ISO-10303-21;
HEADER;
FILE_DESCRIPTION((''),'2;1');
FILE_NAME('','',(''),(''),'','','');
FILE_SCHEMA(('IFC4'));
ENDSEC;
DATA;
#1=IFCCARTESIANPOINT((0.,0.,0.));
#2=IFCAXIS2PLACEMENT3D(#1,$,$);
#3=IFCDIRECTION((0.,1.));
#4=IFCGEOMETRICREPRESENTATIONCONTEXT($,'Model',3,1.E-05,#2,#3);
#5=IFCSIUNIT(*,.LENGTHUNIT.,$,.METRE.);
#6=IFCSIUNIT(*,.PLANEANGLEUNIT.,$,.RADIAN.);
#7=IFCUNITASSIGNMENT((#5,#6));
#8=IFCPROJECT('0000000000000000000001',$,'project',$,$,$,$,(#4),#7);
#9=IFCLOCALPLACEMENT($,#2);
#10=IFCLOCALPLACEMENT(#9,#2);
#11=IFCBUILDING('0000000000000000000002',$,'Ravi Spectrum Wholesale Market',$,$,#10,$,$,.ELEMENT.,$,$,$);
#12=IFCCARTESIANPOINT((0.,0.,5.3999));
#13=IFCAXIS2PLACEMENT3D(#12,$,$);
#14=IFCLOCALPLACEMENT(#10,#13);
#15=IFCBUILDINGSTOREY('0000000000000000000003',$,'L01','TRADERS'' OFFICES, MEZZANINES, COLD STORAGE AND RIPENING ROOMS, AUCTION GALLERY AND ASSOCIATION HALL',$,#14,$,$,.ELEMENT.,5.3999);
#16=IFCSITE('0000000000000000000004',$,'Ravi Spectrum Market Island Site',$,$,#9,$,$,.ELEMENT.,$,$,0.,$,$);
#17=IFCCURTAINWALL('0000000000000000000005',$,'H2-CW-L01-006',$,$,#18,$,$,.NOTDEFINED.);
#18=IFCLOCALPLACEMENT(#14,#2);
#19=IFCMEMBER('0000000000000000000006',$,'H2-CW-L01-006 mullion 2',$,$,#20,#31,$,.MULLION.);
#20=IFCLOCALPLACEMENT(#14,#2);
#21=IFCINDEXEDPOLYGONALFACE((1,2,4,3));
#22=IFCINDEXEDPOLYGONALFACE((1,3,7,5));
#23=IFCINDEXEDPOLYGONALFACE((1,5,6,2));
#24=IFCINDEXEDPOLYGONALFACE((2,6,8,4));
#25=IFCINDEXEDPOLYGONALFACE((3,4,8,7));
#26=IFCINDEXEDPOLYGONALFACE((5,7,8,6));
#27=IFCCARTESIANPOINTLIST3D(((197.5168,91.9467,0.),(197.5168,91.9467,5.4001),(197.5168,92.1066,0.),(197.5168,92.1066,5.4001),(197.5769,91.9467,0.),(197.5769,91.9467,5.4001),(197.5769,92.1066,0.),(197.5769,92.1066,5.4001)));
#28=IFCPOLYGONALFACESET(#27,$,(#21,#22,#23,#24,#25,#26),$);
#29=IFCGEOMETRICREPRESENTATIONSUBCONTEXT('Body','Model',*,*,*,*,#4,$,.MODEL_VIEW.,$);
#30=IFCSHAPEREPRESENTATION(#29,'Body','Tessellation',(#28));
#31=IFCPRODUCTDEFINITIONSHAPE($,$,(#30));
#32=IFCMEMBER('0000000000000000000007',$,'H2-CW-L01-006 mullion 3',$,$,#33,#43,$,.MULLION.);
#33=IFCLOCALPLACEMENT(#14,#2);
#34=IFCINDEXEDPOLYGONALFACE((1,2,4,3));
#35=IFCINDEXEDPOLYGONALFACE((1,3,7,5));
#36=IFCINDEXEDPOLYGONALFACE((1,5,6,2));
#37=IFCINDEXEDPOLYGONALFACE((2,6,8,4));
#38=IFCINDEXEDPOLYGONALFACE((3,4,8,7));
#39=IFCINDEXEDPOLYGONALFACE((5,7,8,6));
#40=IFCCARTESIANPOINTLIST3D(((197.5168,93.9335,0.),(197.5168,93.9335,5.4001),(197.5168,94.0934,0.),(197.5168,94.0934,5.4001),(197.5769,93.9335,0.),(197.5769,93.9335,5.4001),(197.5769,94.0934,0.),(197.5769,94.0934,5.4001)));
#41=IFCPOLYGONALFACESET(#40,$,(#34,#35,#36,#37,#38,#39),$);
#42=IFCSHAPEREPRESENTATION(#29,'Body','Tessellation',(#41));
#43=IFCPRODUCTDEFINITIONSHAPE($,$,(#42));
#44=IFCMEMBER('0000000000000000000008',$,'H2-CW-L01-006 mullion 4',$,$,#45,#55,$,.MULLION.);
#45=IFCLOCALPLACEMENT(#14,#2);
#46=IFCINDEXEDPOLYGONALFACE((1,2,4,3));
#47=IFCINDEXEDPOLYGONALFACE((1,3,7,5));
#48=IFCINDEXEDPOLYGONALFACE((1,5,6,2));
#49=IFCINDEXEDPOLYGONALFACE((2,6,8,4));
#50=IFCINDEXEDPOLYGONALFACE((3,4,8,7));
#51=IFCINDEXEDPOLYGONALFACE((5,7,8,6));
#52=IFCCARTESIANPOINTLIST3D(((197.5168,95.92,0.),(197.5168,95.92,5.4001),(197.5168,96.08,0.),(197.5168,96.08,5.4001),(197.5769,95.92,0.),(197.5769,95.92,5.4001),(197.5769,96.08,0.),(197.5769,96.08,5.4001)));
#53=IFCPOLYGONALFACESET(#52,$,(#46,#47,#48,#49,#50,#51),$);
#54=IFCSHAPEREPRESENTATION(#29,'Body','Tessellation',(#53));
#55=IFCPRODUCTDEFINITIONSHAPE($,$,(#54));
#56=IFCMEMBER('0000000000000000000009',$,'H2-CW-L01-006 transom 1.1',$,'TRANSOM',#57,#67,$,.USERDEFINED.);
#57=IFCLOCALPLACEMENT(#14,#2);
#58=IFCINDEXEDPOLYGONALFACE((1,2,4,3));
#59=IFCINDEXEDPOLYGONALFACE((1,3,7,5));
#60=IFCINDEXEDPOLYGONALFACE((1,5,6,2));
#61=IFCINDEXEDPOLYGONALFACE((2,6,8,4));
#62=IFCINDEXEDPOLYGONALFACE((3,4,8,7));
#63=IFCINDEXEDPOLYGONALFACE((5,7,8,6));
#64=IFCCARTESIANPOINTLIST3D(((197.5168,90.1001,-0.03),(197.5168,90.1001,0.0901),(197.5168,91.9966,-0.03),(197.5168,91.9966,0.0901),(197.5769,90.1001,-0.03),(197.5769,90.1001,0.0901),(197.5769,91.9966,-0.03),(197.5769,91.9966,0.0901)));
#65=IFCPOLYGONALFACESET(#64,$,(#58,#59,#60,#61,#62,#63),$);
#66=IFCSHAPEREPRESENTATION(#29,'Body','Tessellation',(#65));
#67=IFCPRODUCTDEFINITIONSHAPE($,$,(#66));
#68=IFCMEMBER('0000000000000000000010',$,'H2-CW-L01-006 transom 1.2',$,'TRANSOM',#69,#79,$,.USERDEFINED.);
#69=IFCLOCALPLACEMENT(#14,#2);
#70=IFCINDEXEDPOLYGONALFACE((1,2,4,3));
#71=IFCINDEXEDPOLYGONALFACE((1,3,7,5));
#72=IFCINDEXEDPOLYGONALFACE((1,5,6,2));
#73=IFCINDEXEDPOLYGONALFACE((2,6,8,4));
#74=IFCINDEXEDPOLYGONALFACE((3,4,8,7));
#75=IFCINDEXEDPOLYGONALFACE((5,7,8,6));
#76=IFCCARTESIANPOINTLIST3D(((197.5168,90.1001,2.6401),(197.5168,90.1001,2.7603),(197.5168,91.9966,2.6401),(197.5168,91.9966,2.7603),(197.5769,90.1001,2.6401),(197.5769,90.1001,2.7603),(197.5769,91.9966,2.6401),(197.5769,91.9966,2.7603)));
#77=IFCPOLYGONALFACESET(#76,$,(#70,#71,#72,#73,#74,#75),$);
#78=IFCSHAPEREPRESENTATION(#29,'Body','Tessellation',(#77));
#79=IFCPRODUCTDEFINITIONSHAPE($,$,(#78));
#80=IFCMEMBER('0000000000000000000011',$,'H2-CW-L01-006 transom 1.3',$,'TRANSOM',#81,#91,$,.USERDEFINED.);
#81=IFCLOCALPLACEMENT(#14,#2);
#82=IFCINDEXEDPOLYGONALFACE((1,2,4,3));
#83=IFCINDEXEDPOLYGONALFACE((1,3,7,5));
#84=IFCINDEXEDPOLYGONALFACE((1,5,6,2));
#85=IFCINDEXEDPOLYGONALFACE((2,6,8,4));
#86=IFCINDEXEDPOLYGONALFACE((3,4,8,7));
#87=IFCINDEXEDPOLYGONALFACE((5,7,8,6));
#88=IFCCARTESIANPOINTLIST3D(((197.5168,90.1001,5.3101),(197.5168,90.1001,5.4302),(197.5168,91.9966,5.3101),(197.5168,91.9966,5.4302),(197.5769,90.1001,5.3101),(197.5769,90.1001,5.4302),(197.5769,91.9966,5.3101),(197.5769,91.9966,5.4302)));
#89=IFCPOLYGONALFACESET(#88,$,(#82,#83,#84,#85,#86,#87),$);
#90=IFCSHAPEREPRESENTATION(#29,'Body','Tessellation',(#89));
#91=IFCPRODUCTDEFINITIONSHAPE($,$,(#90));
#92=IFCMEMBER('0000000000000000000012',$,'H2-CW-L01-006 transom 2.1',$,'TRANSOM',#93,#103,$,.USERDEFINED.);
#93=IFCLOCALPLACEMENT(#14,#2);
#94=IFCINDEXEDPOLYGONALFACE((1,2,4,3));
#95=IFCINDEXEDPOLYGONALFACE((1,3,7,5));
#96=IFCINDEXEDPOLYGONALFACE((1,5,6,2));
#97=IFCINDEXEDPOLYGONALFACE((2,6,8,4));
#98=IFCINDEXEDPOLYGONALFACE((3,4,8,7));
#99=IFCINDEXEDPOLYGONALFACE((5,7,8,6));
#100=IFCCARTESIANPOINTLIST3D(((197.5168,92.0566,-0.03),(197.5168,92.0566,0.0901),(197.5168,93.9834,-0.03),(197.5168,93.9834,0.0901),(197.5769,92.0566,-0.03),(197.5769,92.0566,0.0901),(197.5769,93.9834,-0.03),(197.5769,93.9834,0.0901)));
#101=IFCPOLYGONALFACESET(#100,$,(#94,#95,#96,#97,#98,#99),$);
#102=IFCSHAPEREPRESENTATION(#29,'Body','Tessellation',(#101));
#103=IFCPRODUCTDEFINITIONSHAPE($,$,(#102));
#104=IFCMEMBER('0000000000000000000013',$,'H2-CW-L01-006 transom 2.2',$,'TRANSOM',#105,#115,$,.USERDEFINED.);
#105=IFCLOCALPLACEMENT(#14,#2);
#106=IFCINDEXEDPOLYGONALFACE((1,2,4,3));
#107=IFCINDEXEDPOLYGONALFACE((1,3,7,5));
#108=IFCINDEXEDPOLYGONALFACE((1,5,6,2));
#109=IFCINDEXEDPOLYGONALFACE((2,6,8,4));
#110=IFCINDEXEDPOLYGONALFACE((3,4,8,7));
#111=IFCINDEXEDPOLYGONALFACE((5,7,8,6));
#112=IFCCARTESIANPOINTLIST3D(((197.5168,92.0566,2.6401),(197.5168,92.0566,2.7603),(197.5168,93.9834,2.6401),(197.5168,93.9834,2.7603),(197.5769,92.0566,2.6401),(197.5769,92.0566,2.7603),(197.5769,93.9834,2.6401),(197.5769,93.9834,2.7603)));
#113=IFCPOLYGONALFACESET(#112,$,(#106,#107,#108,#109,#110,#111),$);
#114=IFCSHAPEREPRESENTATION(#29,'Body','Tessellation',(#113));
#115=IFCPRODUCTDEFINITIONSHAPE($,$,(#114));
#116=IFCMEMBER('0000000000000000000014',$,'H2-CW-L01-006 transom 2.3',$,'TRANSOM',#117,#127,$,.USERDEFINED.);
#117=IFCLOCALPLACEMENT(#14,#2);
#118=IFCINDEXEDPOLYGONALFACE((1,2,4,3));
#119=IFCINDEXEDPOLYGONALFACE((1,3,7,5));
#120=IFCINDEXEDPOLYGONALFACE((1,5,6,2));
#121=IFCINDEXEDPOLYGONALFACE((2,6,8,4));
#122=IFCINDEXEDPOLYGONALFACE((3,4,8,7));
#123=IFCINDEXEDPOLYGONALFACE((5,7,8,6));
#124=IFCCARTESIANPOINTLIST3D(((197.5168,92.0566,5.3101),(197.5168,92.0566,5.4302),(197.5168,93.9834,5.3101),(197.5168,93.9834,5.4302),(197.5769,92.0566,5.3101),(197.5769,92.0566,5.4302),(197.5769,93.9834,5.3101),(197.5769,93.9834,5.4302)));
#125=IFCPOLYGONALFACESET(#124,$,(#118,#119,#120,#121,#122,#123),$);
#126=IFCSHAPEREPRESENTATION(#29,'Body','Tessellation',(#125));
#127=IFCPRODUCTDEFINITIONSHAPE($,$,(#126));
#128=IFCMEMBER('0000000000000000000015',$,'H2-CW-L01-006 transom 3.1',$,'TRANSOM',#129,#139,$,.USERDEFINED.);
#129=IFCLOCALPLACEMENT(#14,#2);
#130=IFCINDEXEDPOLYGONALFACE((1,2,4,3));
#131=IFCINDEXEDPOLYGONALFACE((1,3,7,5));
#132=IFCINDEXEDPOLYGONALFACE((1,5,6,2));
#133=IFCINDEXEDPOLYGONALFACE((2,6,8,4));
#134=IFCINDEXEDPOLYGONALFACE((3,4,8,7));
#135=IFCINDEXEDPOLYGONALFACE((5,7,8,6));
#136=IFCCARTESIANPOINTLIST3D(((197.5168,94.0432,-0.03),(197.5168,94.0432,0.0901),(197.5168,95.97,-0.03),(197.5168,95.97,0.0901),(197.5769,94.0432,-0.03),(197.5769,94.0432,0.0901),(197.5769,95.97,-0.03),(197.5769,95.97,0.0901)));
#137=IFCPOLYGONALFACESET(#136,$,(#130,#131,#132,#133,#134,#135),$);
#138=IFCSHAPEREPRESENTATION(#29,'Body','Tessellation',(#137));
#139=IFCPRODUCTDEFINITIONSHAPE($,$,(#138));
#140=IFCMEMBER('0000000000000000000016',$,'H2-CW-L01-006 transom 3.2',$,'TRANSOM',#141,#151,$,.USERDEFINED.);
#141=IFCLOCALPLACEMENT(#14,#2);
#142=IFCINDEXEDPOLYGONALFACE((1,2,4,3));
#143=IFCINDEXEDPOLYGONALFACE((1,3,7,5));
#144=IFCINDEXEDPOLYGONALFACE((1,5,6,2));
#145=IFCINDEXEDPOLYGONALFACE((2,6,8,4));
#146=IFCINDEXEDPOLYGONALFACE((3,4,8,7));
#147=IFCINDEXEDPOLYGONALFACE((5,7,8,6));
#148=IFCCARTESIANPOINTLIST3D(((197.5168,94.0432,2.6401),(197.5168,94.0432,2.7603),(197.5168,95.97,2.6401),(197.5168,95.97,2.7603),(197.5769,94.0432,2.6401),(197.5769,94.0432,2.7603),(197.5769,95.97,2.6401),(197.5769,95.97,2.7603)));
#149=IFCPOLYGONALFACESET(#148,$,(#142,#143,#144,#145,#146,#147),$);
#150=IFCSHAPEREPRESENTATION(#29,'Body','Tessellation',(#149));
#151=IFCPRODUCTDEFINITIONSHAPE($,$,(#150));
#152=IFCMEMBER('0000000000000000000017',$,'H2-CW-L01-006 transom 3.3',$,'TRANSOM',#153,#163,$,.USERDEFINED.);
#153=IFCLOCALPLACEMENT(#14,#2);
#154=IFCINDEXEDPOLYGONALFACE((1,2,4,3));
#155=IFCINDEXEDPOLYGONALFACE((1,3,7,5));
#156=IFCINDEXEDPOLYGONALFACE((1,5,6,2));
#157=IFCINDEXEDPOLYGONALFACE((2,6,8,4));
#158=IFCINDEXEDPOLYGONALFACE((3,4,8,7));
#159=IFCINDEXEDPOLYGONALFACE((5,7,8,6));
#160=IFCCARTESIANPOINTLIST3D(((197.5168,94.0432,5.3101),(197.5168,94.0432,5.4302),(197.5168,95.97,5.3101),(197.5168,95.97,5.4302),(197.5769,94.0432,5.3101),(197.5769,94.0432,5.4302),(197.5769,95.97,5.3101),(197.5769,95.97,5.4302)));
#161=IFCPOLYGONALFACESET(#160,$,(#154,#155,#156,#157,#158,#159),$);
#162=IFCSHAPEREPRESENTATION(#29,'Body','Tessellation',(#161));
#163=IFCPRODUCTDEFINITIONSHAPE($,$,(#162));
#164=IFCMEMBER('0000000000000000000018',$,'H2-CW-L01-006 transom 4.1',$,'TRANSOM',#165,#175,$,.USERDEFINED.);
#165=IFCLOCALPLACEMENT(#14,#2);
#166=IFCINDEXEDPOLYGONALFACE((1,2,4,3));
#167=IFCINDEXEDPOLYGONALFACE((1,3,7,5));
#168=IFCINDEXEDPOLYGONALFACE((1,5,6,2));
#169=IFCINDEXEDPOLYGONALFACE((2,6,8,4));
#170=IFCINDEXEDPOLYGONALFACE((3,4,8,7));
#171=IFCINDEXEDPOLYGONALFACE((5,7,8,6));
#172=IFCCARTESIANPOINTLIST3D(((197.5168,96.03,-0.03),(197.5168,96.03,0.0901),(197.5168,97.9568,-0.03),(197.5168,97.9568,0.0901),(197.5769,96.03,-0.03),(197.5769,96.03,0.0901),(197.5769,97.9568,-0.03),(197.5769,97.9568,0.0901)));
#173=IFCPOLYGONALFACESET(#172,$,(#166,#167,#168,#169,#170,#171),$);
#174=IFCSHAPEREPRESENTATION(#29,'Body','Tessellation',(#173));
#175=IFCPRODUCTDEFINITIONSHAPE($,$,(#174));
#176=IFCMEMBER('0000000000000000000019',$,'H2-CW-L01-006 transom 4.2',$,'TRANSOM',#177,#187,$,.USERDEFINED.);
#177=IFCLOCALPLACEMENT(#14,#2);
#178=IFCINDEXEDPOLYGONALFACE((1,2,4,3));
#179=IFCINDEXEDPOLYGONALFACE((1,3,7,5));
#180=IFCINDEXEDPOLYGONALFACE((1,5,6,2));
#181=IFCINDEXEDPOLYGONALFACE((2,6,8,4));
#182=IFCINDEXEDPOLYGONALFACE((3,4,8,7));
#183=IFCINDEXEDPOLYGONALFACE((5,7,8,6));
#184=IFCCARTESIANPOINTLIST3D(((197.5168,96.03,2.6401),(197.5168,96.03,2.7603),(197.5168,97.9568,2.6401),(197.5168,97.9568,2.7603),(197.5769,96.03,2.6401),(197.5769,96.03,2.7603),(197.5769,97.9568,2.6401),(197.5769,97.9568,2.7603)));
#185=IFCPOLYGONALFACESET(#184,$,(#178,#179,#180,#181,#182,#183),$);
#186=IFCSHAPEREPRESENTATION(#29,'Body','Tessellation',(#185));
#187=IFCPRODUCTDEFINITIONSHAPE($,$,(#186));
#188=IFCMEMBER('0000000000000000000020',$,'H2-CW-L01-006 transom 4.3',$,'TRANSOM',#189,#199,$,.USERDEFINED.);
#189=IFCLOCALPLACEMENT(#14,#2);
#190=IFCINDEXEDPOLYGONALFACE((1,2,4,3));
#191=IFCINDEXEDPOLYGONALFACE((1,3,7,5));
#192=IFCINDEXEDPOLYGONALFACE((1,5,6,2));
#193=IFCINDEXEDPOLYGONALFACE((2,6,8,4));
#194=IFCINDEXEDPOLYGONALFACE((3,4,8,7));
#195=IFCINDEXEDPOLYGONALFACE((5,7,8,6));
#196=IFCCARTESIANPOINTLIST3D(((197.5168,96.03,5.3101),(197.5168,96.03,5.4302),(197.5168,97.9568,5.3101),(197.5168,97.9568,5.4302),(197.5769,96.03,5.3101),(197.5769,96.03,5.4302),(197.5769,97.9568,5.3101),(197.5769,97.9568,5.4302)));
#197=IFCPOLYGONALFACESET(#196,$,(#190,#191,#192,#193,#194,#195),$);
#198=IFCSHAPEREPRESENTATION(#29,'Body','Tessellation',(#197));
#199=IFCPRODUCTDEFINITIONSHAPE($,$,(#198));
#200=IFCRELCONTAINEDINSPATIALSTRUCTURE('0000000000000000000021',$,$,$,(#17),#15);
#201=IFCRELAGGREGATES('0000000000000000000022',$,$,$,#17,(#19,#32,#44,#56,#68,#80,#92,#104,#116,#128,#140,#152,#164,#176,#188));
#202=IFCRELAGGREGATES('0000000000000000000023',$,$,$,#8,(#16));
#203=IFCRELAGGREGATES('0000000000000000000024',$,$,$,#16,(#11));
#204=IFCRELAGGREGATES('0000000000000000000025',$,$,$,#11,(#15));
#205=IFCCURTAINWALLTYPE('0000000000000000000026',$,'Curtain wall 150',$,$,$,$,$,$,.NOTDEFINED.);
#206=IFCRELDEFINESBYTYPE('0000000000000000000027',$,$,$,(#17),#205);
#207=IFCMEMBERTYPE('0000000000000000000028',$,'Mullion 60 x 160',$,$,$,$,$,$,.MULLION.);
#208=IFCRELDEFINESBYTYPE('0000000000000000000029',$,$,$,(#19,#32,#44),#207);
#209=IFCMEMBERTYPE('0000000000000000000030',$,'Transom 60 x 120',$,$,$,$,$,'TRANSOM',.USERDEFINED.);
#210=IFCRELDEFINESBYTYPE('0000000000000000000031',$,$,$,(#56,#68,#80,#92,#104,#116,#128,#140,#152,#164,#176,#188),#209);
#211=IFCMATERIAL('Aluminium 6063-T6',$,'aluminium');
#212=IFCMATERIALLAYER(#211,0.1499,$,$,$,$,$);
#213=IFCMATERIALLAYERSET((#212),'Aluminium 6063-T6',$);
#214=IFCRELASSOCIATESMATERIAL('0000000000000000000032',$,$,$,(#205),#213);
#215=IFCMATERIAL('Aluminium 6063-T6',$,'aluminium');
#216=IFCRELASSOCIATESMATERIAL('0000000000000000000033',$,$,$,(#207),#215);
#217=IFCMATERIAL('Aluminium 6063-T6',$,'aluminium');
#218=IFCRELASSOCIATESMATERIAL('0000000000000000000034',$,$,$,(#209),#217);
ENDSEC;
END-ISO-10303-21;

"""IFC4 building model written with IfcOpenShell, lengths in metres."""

from ifc_helpers import new_model, si_unit, direction, frame, origin, origin_2d, place, context, subcontext, project, spatial, rectangle, extrude, material, layer, layer_set, material_profile, profile_set, type_object, element, aggregate, save


model = new_model("IFC4")

# Units and contexts
model_context = context("Model", 3, precision=1e-05, world=origin(), true_north=direction((0.0, 1.0)))
body_context = subcontext(model_context, "Body", "Model", "MODEL_VIEW")
ifc_project = project(units=[si_unit("LENGTHUNIT", "METRE"), si_unit("PLANEANGLEUNIT", "RADIAN")], contexts=[model_context])

# Site, building, storey
site_placement = place(None, origin())
site = spatial("IfcSite", under=ifc_project, at=site_placement, Name="Ravi Spectrum Market Island Site", CompositionType="ELEMENT", RefElevation=0.0)
building_placement = place(site_placement, origin())
building = spatial("IfcBuilding", under=site, at=building_placement, Name="Ravi Spectrum Wholesale Market", CompositionType="ELEMENT")
storey_placement = place(building_placement, frame((0.0, 0.0, 5.3999)))
storey = spatial("IfcBuildingStorey", under=building, at=storey_placement, Name="L01", Description="TRADERS' OFFICES, MEZZANINES, COLD STORAGE AND RIPENING ROOMS, AUCTION GALLERY AND ASSOCIATION HALL", CompositionType="ELEMENT", Elevation=5.3999)

# Curtain wall, members
ifc_material_1 = material(Name="Aluminium 6063-T6", Category="aluminium")
ifc_layer_1 = layer(ifc_material_1, 0.1499)
ifc_layer_set_1 = layer_set([ifc_layer_1], Name="Aluminium 6063-T6")
curtain_wall_type = type_object("IfcCurtainWallType", Name="Curtain wall 150", PredefinedType="NOTDEFINED", material=ifc_layer_set_1)
curtain_wall_placement = place(storey_placement, origin())
curtain_wall = element("IfcCurtainWall", 1, at=curtain_wall_placement, inside=storey, type_object=curtain_wall_type, Name="H2-CW-L01-006", PredefinedType="NOTDEFINED")
ifc_material_2 = material(Name="Aluminium 6063-T6", Category="aluminium")
ifc_material_profile_1 = material_profile(ifc_material_2, rectangle(XDim=0.0601, YDim=0.1599, at=origin_2d()))
ifc_profile_set_1 = profile_set([ifc_material_profile_1], Name="Aluminium 6063-T6")
member_type_1 = type_object("IfcMemberType", Name="Mullion 60 x 160", PredefinedType="MULLION", material=ifc_profile_set_1)
member_1_placement = place(storey_placement, frame((197.5469, 92.0266, 0.0), z_axis=(0.0, 0.0, 1.0), x_axis=(-1.0, 0.0, 0.0)))
member_1 = element("IfcMember", 2, at=member_1_placement, type_object=member_type_1, Name="H2-CW-L01-006 mullion 2", PredefinedType="MULLION", context=body_context, shape_type="SweptSolid", body=[
    extrude(rectangle(XDim=0.0601, YDim=0.1599, at=origin_2d()), origin(), (0.0, 0.0, 1.0), 5.4001),
])
member_2_placement = place(storey_placement, frame((197.5469, 94.0134, 0.0), z_axis=(0.0, 0.0, 1.0), x_axis=(-1.0, 0.0, 0.0)))
member_2 = element("IfcMember", 3, at=member_2_placement, type_object=member_type_1, Name="H2-CW-L01-006 mullion 3", PredefinedType="MULLION", context=body_context, shape_type="SweptSolid", body=[
    extrude(rectangle(XDim=0.0601, YDim=0.1599, at=origin_2d()), origin(), (0.0, 0.0, 1.0), 5.4001),
])
member_3_placement = place(storey_placement, frame((197.5469, 96.0, 0.0), z_axis=(0.0, 0.0, 1.0), x_axis=(-1.0, 0.0, 0.0)))
member_3 = element("IfcMember", 4, at=member_3_placement, type_object=member_type_1, Name="H2-CW-L01-006 mullion 4", PredefinedType="MULLION", context=body_context, shape_type="SweptSolid", body=[
    extrude(rectangle(XDim=0.0601, YDim=0.1599, at=origin_2d()), origin(), (0.0, 0.0, 1.0), 5.4001),
])
ifc_material_3 = material(Name="Aluminium 6063-T6", Category="aluminium")
ifc_material_profile_2 = material_profile(ifc_material_3, rectangle(XDim=0.0601, YDim=0.1201, at=origin_2d()))
ifc_profile_set_2 = profile_set([ifc_material_profile_2], Name="Aluminium 6063-T6")
member_type_2 = type_object("IfcMemberType", Name="Transom 60 x 120", ElementType="TRANSOM", PredefinedType="USERDEFINED", material=ifc_profile_set_2)
member_4_placement = place(storey_placement, frame((197.5469, 90.1001, 0.03), z_axis=(0.0, 1.0, 0.0), x_axis=(-1.0, 0.0, 0.0)))
member_4 = element("IfcMember", 5, at=member_4_placement, type_object=member_type_2, Name="H2-CW-L01-006 transom 1.1", ObjectType="TRANSOM", PredefinedType="USERDEFINED", context=body_context, shape_type="SweptSolid", body=[
    extrude(rectangle(XDim=0.0601, YDim=0.1201, at=origin_2d()), origin(), (0.0, 0.0, 1.0), 1.8965),
])
member_5_placement = place(storey_placement, frame((197.5469, 90.1001, 2.7002), z_axis=(0.0, 1.0, 0.0), x_axis=(-1.0, 0.0, 0.0)))
member_5 = element("IfcMember", 6, at=member_5_placement, type_object=member_type_2, Name="H2-CW-L01-006 transom 1.2", ObjectType="TRANSOM", PredefinedType="USERDEFINED", context=body_context, shape_type="SweptSolid", body=[
    extrude(rectangle(XDim=0.0601, YDim=0.1201, at=origin_2d()), origin(), (0.0, 0.0, 1.0), 1.8965),
])
member_6_placement = place(storey_placement, frame((197.5469, 90.1001, 5.3701), z_axis=(0.0, 1.0, 0.0), x_axis=(-1.0, 0.0, 0.0)))
member_6 = element("IfcMember", 7, at=member_6_placement, type_object=member_type_2, Name="H2-CW-L01-006 transom 1.3", ObjectType="TRANSOM", PredefinedType="USERDEFINED", context=body_context, shape_type="SweptSolid", body=[
    extrude(rectangle(XDim=0.0601, YDim=0.1201, at=origin_2d()), origin(), (0.0, 0.0, 1.0), 1.8965),
])
member_7_placement = place(storey_placement, frame((197.5469, 92.0566, 0.03), z_axis=(0.0, 1.0, 0.0), x_axis=(-1.0, 0.0, 0.0)))
member_7 = element("IfcMember", 8, at=member_7_placement, type_object=member_type_2, Name="H2-CW-L01-006 transom 2.1", ObjectType="TRANSOM", PredefinedType="USERDEFINED", context=body_context, shape_type="SweptSolid", body=[
    extrude(rectangle(XDim=0.0601, YDim=0.1201, at=origin_2d()), origin(), (0.0, 0.0, 1.0), 1.9268),
])
member_8_placement = place(storey_placement, frame((197.5469, 92.0566, 2.7002), z_axis=(0.0, 1.0, 0.0), x_axis=(-1.0, 0.0, 0.0)))
member_8 = element("IfcMember", 9, at=member_8_placement, type_object=member_type_2, Name="H2-CW-L01-006 transom 2.2", ObjectType="TRANSOM", PredefinedType="USERDEFINED", context=body_context, shape_type="SweptSolid", body=[
    extrude(rectangle(XDim=0.0601, YDim=0.1201, at=origin_2d()), origin(), (0.0, 0.0, 1.0), 1.9268),
])
member_9_placement = place(storey_placement, frame((197.5469, 92.0566, 5.3701), z_axis=(0.0, 1.0, 0.0), x_axis=(-1.0, 0.0, 0.0)))
member_9 = element("IfcMember", 10, at=member_9_placement, type_object=member_type_2, Name="H2-CW-L01-006 transom 2.3", ObjectType="TRANSOM", PredefinedType="USERDEFINED", context=body_context, shape_type="SweptSolid", body=[
    extrude(rectangle(XDim=0.0601, YDim=0.1201, at=origin_2d()), origin(), (0.0, 0.0, 1.0), 1.9268),
])
member_10_placement = place(storey_placement, frame((197.5469, 94.0432, 0.03), z_axis=(0.0, 1.0, 0.0), x_axis=(-1.0, 0.0, 0.0)))
member_10 = element("IfcMember", 11, at=member_10_placement, type_object=member_type_2, Name="H2-CW-L01-006 transom 3.1", ObjectType="TRANSOM", PredefinedType="USERDEFINED", context=body_context, shape_type="SweptSolid", body=[
    extrude(rectangle(XDim=0.0601, YDim=0.1201, at=origin_2d()), origin(), (0.0, 0.0, 1.0), 1.9268),
])
member_11_placement = place(storey_placement, frame((197.5469, 94.0432, 2.7002), z_axis=(0.0, 1.0, 0.0), x_axis=(-1.0, 0.0, 0.0)))
member_11 = element("IfcMember", 12, at=member_11_placement, type_object=member_type_2, Name="H2-CW-L01-006 transom 3.2", ObjectType="TRANSOM", PredefinedType="USERDEFINED", context=body_context, shape_type="SweptSolid", body=[
    extrude(rectangle(XDim=0.0601, YDim=0.1201, at=origin_2d()), origin(), (0.0, 0.0, 1.0), 1.9268),
])
member_12_placement = place(storey_placement, frame((197.5469, 94.0432, 5.3701), z_axis=(0.0, 1.0, 0.0), x_axis=(-1.0, 0.0, 0.0)))
member_12 = element("IfcMember", 13, at=member_12_placement, type_object=member_type_2, Name="H2-CW-L01-006 transom 3.3", ObjectType="TRANSOM", PredefinedType="USERDEFINED", context=body_context, shape_type="SweptSolid", body=[
    extrude(rectangle(XDim=0.0601, YDim=0.1201, at=origin_2d()), origin(), (0.0, 0.0, 1.0), 1.9268),
])
member_13_placement = place(storey_placement, frame((197.5469, 96.03, 0.03), z_axis=(0.0, 1.0, 0.0), x_axis=(-1.0, 0.0, 0.0)))
member_13 = element("IfcMember", 14, at=member_13_placement, type_object=member_type_2, Name="H2-CW-L01-006 transom 4.1", ObjectType="TRANSOM", PredefinedType="USERDEFINED", context=body_context, shape_type="SweptSolid", body=[
    extrude(rectangle(XDim=0.0601, YDim=0.1201, at=origin_2d()), origin(), (0.0, 0.0, 1.0), 1.9268),
])
member_14_placement = place(storey_placement, frame((197.5469, 96.03, 2.7002), z_axis=(0.0, 1.0, 0.0), x_axis=(-1.0, 0.0, 0.0)))
member_14 = element("IfcMember", 15, at=member_14_placement, type_object=member_type_2, Name="H2-CW-L01-006 transom 4.2", ObjectType="TRANSOM", PredefinedType="USERDEFINED", context=body_context, shape_type="SweptSolid", body=[
    extrude(rectangle(XDim=0.0601, YDim=0.1201, at=origin_2d()), origin(), (0.0, 0.0, 1.0), 1.9268),
])
member_15_placement = place(storey_placement, frame((197.5469, 96.03, 5.3701), z_axis=(0.0, 1.0, 0.0), x_axis=(-1.0, 0.0, 0.0)))
member_15 = element("IfcMember", 16, at=member_15_placement, type_object=member_type_2, Name="H2-CW-L01-006 transom 4.3", ObjectType="TRANSOM", PredefinedType="USERDEFINED", context=body_context, shape_type="SweptSolid", body=[
    extrude(rectangle(XDim=0.0601, YDim=0.1201, at=origin_2d()), origin(), (0.0, 0.0, 1.0), 1.9268),
])
aggregate(curtain_wall, [member_1, member_2, member_3, member_4, member_5, member_6, member_7, member_8, member_9, member_10, member_11, member_12, member_13, member_14, member_15])

save(model, "model.ifc")
